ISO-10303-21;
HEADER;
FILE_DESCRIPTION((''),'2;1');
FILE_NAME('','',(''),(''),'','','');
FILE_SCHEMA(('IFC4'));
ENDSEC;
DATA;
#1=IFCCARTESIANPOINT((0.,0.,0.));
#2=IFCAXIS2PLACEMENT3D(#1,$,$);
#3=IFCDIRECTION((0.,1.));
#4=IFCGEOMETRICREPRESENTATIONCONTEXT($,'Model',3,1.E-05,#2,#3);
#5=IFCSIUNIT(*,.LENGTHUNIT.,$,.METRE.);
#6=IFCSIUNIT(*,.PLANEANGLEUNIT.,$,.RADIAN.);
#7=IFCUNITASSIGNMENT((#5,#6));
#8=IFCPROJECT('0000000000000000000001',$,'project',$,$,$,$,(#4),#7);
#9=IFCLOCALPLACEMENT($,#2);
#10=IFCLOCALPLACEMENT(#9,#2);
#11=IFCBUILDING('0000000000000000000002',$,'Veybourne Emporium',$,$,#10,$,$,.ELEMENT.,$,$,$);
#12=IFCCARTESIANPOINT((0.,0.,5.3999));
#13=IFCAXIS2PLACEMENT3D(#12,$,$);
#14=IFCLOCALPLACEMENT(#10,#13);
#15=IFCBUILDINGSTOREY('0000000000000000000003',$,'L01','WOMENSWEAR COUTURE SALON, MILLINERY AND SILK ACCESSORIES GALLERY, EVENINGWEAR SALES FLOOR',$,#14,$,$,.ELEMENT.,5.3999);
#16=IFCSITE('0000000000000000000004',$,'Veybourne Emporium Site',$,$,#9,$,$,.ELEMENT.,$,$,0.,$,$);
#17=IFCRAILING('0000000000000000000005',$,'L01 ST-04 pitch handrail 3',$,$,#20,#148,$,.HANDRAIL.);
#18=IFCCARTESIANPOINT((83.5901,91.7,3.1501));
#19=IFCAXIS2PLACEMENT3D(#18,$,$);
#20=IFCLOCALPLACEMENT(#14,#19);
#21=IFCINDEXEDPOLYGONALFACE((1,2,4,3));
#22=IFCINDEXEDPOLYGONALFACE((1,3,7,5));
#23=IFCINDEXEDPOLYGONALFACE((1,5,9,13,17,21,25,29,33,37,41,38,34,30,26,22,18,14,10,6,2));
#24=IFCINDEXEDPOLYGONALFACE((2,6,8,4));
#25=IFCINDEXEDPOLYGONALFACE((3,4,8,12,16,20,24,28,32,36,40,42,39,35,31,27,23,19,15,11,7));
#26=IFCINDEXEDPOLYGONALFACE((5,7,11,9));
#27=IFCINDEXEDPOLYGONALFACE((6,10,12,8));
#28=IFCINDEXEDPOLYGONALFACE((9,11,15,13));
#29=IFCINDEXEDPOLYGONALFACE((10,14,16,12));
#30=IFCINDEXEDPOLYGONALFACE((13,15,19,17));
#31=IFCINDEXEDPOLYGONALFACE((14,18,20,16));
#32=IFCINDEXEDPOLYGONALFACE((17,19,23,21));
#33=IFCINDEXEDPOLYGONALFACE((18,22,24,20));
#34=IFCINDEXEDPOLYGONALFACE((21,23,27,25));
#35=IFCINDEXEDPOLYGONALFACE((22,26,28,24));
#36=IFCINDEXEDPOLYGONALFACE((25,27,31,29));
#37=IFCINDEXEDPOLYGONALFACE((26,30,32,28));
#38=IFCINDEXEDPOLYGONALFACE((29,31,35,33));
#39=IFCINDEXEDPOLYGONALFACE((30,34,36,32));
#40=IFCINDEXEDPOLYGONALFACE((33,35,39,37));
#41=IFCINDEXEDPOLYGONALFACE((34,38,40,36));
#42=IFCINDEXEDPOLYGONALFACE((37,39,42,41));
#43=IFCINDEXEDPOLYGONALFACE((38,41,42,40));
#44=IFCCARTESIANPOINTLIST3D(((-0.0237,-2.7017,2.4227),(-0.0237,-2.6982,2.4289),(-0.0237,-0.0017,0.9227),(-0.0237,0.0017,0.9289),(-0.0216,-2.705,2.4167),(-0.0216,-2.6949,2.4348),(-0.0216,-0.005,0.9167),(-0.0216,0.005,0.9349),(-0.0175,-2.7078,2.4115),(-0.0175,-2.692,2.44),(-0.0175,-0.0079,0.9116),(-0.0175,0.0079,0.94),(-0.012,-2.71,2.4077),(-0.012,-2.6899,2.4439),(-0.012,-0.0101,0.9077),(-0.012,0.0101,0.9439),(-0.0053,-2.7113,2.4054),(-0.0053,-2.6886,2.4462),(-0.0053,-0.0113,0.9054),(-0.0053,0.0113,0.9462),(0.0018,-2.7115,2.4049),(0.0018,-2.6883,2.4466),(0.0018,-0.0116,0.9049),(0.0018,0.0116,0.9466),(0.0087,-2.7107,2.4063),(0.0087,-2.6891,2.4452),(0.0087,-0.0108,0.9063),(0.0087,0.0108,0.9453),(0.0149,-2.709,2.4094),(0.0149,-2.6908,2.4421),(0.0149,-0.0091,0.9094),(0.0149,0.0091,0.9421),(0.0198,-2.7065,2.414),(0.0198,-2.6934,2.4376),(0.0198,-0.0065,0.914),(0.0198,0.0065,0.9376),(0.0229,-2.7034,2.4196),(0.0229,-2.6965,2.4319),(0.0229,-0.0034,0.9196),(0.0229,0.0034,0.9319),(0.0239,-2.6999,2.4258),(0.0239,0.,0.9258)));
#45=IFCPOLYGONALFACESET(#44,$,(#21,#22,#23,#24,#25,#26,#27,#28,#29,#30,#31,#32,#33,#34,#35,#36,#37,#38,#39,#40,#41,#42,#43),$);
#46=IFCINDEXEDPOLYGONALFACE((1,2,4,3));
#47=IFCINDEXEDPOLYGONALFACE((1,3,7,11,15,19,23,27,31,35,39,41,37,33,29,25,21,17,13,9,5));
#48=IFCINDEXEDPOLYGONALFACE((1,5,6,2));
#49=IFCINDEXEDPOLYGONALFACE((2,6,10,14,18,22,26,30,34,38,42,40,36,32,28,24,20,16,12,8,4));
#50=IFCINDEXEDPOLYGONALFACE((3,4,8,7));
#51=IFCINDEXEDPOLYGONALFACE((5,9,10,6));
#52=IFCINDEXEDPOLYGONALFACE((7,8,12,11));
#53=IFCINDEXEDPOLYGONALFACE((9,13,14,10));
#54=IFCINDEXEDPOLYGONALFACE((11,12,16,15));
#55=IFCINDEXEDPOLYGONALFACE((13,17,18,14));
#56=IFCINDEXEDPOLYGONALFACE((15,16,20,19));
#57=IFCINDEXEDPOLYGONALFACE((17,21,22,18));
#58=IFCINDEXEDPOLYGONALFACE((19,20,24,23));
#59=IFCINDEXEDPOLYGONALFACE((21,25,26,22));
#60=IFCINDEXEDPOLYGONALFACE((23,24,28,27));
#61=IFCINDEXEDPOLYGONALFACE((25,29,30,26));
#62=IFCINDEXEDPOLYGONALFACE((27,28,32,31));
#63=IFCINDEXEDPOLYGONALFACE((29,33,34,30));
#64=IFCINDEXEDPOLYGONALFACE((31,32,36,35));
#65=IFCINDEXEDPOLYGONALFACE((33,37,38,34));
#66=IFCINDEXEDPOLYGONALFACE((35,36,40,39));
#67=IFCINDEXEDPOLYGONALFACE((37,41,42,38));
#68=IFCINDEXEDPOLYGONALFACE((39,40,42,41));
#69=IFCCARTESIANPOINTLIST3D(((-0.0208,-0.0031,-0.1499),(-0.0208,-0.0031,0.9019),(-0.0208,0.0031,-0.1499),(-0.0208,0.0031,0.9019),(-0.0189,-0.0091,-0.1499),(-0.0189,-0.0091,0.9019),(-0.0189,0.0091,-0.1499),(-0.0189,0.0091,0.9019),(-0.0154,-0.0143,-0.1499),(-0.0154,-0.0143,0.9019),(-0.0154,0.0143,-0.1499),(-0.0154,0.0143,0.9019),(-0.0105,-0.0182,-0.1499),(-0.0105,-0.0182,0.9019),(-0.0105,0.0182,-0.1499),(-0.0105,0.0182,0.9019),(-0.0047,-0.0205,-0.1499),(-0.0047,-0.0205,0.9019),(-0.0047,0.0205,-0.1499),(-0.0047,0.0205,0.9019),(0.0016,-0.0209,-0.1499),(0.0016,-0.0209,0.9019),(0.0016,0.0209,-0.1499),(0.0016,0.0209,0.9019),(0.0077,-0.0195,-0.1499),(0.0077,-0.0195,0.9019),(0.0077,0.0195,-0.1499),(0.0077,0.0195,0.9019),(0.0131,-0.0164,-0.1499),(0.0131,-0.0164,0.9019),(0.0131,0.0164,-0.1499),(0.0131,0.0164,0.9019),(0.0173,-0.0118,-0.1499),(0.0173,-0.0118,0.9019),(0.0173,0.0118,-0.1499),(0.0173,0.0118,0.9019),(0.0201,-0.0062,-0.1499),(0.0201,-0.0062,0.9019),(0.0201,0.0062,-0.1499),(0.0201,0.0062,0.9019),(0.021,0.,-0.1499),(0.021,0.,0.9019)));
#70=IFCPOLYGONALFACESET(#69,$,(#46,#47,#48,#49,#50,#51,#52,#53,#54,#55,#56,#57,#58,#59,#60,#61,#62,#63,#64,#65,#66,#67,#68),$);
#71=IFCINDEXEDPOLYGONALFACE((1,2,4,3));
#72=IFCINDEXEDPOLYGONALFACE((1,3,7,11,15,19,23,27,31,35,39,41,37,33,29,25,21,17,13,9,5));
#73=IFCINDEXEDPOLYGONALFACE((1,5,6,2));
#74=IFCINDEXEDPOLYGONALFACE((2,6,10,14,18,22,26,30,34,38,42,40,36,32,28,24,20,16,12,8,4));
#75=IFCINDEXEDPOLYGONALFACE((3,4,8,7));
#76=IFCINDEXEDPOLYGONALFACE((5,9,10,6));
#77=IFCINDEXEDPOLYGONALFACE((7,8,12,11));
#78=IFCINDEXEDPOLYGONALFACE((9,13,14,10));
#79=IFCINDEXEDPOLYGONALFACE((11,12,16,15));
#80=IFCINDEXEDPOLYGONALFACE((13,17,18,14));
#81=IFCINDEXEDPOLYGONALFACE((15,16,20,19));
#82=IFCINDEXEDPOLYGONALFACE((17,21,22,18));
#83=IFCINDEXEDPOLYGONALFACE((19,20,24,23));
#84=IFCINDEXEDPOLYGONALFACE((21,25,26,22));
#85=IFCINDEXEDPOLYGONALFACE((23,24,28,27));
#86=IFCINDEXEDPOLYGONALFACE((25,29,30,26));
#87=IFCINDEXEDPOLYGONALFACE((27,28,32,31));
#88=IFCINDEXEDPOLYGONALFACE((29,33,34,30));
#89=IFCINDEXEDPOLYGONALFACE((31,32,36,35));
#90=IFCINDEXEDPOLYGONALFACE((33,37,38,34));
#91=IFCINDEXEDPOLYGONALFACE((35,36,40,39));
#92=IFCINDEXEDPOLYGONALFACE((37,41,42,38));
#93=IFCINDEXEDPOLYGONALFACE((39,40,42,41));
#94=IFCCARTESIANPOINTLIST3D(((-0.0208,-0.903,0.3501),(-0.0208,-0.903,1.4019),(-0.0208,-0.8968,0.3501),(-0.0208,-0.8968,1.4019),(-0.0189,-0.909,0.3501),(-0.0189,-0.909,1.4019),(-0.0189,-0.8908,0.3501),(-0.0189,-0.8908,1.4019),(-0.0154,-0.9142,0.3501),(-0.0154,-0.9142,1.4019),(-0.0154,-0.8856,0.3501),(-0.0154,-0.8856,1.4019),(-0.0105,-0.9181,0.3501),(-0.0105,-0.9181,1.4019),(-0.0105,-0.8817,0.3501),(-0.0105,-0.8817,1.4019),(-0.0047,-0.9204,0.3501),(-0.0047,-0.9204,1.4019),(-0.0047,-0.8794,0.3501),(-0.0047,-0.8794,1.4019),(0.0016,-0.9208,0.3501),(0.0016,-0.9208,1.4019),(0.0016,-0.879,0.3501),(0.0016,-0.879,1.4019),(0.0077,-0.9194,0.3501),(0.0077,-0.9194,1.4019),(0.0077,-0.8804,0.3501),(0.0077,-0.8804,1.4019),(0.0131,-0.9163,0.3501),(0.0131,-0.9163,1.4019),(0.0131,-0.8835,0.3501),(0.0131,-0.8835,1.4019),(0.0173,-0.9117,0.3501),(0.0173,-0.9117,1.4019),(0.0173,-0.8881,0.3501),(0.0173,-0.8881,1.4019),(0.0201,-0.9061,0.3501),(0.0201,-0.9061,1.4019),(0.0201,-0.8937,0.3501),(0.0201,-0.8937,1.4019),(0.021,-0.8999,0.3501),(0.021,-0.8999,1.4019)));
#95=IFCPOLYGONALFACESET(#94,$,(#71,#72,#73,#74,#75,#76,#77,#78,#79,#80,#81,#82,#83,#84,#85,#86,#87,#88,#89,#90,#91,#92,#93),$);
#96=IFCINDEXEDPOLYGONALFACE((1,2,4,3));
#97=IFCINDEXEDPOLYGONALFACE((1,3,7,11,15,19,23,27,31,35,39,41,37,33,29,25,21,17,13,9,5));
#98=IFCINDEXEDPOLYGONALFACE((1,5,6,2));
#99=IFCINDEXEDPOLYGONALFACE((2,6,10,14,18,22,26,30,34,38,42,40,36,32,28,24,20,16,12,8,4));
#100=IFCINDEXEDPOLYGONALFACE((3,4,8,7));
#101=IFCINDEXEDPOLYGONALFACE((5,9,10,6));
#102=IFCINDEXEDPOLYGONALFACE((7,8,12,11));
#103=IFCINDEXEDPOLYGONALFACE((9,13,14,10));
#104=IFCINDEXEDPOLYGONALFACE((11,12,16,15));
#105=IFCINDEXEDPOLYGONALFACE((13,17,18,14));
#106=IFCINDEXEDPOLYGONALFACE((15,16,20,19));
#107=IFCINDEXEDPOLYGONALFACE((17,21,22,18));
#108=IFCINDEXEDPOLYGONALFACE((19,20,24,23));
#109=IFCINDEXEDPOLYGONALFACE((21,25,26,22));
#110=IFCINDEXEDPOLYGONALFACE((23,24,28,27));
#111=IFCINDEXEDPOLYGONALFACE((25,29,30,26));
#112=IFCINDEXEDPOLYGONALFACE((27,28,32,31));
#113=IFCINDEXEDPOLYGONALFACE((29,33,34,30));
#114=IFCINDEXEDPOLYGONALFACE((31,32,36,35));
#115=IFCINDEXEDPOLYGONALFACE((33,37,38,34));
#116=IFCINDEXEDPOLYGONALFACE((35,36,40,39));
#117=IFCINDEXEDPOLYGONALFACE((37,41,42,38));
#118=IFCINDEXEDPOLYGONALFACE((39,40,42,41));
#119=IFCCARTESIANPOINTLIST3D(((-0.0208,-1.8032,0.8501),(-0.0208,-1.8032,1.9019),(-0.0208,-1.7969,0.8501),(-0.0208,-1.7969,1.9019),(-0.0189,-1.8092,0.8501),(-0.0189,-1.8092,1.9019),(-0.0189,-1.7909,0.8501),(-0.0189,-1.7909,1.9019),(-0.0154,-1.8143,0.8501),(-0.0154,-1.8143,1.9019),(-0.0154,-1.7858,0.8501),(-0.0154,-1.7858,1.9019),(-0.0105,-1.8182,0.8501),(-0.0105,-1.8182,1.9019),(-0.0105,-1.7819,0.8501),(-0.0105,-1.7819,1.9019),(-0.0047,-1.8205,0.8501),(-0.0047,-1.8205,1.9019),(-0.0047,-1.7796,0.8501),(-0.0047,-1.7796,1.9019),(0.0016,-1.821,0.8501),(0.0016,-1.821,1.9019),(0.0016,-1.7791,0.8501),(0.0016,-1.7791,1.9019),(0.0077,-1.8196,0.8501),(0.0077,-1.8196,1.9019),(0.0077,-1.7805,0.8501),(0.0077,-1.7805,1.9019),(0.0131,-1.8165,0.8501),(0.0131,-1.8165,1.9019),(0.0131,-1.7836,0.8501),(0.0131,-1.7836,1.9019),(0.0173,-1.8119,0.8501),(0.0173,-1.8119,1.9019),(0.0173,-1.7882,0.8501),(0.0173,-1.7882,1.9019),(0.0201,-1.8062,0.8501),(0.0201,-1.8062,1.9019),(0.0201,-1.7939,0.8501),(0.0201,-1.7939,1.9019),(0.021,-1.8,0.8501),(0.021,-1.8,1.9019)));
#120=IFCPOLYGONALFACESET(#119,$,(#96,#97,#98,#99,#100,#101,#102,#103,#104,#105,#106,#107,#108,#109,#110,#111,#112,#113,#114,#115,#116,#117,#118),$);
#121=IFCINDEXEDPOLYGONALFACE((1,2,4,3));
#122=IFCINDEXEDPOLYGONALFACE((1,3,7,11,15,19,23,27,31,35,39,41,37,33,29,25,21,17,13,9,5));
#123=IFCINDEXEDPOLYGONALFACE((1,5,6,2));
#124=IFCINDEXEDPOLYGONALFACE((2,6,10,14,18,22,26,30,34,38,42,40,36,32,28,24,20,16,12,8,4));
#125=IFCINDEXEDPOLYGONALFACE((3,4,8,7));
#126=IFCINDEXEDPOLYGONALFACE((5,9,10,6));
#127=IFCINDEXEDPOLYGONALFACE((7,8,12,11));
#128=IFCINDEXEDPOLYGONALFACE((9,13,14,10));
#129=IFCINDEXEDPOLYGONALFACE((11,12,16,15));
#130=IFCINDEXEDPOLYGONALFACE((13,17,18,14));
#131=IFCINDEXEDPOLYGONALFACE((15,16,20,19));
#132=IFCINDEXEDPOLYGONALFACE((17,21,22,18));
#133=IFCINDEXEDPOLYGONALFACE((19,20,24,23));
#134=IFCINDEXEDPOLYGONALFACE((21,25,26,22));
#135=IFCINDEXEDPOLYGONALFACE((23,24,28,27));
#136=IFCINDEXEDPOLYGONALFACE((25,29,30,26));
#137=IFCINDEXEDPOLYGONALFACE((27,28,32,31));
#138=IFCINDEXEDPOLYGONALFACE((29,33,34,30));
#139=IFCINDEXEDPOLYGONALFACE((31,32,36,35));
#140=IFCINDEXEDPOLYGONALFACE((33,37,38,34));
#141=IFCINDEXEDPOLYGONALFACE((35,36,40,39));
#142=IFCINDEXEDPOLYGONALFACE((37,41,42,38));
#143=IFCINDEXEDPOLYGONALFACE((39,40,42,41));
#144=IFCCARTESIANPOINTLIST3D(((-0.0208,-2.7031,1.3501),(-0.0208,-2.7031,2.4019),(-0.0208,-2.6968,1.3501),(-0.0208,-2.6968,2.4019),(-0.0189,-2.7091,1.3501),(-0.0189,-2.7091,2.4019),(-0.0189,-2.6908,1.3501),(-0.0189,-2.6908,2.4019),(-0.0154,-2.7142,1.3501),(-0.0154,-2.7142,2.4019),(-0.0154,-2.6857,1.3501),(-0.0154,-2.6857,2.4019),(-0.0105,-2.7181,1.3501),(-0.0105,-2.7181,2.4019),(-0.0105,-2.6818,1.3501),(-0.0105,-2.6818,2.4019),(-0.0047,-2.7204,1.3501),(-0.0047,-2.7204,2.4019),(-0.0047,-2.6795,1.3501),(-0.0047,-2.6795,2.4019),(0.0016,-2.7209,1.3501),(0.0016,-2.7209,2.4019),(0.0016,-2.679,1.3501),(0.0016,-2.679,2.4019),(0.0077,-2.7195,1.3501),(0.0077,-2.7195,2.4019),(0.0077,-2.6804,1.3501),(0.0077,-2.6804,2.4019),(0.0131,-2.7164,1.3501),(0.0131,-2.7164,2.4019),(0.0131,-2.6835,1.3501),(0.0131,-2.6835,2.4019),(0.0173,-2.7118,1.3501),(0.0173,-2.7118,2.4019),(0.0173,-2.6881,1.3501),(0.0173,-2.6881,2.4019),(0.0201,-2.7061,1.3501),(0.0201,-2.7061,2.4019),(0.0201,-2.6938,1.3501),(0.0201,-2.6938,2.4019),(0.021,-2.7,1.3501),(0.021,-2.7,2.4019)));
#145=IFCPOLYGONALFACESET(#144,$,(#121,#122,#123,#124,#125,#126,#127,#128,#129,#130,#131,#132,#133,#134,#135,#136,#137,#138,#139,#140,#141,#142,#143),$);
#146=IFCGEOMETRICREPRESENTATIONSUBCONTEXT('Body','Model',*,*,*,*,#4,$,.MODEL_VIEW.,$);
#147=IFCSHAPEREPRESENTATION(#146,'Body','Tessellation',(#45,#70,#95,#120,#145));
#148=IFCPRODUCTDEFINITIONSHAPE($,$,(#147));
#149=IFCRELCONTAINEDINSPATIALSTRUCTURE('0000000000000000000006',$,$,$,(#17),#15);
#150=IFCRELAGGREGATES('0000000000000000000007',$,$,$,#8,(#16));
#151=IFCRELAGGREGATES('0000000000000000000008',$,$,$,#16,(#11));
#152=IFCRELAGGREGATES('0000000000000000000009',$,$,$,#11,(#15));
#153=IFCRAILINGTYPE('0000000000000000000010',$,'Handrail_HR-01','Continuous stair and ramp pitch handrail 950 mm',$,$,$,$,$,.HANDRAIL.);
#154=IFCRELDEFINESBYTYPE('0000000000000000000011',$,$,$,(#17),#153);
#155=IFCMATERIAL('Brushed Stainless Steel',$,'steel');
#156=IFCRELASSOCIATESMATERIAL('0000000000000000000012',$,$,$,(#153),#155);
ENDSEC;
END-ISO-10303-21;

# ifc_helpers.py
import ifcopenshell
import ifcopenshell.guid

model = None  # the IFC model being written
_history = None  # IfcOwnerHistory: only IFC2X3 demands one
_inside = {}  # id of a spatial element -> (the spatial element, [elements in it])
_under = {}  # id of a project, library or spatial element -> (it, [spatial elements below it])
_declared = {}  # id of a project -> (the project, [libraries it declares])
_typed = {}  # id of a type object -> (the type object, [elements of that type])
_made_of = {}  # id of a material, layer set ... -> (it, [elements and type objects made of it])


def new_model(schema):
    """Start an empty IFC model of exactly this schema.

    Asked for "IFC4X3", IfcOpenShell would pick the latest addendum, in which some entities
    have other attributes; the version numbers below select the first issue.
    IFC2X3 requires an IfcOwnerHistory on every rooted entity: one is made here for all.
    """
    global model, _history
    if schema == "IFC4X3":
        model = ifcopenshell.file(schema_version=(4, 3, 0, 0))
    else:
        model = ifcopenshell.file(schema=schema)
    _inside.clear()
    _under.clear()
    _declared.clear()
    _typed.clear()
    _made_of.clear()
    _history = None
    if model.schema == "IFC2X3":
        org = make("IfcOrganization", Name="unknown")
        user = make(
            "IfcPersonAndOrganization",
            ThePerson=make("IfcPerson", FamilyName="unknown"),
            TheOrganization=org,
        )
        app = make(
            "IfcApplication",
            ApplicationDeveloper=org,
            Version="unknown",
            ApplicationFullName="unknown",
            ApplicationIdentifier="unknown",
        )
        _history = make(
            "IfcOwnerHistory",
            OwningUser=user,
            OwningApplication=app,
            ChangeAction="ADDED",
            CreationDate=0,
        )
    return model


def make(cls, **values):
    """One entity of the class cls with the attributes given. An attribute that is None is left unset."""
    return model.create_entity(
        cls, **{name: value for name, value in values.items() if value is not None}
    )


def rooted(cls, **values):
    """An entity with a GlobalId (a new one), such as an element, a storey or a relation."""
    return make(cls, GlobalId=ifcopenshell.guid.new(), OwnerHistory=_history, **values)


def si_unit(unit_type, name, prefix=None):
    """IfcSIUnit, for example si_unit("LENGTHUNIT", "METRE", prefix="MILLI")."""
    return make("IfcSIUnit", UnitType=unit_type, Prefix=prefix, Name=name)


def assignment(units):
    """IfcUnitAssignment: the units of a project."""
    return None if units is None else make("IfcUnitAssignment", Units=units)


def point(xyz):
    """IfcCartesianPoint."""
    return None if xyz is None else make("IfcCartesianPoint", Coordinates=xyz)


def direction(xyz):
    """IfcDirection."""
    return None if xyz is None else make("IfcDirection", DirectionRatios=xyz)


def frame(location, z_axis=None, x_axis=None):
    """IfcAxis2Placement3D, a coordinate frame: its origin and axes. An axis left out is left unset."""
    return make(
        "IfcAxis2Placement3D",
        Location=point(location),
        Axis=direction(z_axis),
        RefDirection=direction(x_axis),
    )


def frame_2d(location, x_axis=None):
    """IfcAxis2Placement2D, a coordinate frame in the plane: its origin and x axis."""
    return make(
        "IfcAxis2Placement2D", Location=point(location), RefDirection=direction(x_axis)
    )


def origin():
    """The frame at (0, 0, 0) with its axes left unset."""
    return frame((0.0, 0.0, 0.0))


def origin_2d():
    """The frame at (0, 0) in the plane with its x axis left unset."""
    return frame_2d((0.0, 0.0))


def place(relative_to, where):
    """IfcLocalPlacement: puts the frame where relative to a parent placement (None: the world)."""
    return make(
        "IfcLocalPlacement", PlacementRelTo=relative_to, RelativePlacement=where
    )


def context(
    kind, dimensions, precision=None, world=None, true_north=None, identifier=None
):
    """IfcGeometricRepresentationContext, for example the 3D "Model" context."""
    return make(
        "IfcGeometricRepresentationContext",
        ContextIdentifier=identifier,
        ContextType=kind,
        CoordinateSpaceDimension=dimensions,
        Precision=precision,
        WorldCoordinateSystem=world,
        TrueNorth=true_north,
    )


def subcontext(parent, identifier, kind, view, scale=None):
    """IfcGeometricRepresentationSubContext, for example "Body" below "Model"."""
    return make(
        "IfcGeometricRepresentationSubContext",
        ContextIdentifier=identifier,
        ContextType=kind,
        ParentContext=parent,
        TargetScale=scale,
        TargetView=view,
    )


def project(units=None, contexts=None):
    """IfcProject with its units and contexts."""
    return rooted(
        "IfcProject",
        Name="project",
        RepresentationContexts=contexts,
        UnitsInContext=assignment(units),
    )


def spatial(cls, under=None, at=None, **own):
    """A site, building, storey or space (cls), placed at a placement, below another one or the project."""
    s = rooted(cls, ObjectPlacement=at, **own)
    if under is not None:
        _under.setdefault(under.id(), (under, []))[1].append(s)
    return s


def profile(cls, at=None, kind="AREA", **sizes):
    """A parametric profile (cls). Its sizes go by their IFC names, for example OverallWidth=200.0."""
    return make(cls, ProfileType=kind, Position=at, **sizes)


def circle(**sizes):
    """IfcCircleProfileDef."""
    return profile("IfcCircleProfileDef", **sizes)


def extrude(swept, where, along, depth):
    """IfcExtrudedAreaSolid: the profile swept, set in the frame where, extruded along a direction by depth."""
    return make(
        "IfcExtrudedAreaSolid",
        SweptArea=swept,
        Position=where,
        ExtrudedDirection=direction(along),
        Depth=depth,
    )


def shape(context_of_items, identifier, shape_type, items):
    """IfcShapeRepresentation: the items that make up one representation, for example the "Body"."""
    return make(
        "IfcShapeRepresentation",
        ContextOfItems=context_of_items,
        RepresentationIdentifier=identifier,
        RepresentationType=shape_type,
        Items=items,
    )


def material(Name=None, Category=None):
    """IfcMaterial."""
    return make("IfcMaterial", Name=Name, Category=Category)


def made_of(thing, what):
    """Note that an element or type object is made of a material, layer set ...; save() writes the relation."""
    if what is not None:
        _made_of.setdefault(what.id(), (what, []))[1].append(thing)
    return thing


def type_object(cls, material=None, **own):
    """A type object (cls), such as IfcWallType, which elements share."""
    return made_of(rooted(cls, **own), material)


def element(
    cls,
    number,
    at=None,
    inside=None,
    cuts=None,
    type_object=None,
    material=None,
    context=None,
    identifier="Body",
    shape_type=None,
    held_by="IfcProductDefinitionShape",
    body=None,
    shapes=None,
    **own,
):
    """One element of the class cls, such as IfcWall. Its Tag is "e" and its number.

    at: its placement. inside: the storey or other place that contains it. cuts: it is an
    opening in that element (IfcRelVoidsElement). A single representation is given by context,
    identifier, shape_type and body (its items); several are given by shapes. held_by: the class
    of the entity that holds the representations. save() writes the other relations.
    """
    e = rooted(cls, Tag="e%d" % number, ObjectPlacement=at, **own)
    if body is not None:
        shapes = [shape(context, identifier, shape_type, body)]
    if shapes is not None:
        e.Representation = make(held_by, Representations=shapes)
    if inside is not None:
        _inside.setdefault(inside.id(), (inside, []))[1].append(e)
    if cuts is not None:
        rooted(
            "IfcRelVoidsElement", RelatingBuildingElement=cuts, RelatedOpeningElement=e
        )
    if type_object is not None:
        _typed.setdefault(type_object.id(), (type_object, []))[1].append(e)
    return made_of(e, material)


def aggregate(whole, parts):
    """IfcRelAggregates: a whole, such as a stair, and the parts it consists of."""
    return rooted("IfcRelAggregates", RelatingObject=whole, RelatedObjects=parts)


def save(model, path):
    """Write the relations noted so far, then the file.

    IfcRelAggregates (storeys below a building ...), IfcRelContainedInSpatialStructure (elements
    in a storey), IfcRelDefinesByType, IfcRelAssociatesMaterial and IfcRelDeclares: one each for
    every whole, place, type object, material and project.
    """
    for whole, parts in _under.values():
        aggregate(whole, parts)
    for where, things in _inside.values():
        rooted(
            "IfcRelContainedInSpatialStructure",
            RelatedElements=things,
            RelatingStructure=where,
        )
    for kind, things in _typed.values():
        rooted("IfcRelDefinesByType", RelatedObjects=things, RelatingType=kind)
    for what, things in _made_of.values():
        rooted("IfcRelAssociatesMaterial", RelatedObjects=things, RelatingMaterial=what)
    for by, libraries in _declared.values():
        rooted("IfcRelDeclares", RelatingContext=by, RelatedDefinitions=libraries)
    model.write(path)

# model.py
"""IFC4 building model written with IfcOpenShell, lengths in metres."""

from ifc_helpers import new_model, si_unit, direction, frame, origin, origin_2d, place, context, subcontext, project, spatial, circle, extrude, material, type_object, element, save


model = new_model("IFC4")

# Units and contexts
model_context = context("Model", 3, precision=1e-05, world=origin(), true_north=direction((0.0, 1.0)))
body_context = subcontext(model_context, "Body", "Model", "MODEL_VIEW")
ifc_project = project(units=[si_unit("LENGTHUNIT", "METRE"), si_unit("PLANEANGLEUNIT", "RADIAN")], contexts=[model_context])

# Site, building, storey
site_placement = place(None, origin())
site = spatial("IfcSite", under=ifc_project, at=site_placement, Name="Veybourne Emporium Site", CompositionType="ELEMENT", RefElevation=0.0)
building_placement = place(site_placement, origin())
building = spatial("IfcBuilding", under=site, at=building_placement, Name="Veybourne Emporium", CompositionType="ELEMENT")
storey_placement = place(building_placement, frame((0.0, 0.0, 5.3999)))
storey = spatial("IfcBuildingStorey", under=building, at=storey_placement, Name="L01", Description="WOMENSWEAR COUTURE SALON, MILLINERY AND SILK ACCESSORIES GALLERY, EVENINGWEAR SALES FLOOR", CompositionType="ELEMENT", Elevation=5.3999)

# Railing
ifc_material_1 = material(Name="Brushed Stainless Steel", Category="steel")
railing_type_1 = type_object("IfcRailingType", Name="Handrail_HR-01", Description="Continuous stair and ramp pitch handrail 950 mm", PredefinedType="HANDRAIL", material=ifc_material_1)
railing_1_placement = place(storey_placement, frame((83.5901, 91.7, 3.1501)))
element("IfcRailing", 1, at=railing_1_placement, inside=storey, type_object=railing_type_1, Name="L01 ST-04 pitch handrail 3", PredefinedType="HANDRAIL", context=body_context, shape_type="SweptSolid", body=[
    extrude(circle(Radius=0.0239, at=origin_2d()), frame((0.0, 0.0, 0.9258), z_axis=(0.0, -0.874154, 0.48565), x_axis=(1.0, 0.0, 0.0)), (0.0, 0.0, 1.0), 3.0886),
    extrude(circle(Radius=0.021, at=origin_2d()), frame((0.0, 0.0, -0.1499)), (0.0, 0.0, 1.0), 1.0518),
    extrude(circle(Radius=0.021, at=origin_2d()), frame((0.0, -0.8999, 0.3501)), (0.0, 0.0, 1.0), 1.0518),
    extrude(circle(Radius=0.021, at=origin_2d()), frame((0.0, -1.8, 0.8501)), (0.0, 0.0, 1.0), 1.0518),
    extrude(circle(Radius=0.021, at=origin_2d()), frame((0.0, -2.7, 1.3501)), (0.0, 0.0, 1.0), 1.0518),
])

save(model, "model.ifc")
